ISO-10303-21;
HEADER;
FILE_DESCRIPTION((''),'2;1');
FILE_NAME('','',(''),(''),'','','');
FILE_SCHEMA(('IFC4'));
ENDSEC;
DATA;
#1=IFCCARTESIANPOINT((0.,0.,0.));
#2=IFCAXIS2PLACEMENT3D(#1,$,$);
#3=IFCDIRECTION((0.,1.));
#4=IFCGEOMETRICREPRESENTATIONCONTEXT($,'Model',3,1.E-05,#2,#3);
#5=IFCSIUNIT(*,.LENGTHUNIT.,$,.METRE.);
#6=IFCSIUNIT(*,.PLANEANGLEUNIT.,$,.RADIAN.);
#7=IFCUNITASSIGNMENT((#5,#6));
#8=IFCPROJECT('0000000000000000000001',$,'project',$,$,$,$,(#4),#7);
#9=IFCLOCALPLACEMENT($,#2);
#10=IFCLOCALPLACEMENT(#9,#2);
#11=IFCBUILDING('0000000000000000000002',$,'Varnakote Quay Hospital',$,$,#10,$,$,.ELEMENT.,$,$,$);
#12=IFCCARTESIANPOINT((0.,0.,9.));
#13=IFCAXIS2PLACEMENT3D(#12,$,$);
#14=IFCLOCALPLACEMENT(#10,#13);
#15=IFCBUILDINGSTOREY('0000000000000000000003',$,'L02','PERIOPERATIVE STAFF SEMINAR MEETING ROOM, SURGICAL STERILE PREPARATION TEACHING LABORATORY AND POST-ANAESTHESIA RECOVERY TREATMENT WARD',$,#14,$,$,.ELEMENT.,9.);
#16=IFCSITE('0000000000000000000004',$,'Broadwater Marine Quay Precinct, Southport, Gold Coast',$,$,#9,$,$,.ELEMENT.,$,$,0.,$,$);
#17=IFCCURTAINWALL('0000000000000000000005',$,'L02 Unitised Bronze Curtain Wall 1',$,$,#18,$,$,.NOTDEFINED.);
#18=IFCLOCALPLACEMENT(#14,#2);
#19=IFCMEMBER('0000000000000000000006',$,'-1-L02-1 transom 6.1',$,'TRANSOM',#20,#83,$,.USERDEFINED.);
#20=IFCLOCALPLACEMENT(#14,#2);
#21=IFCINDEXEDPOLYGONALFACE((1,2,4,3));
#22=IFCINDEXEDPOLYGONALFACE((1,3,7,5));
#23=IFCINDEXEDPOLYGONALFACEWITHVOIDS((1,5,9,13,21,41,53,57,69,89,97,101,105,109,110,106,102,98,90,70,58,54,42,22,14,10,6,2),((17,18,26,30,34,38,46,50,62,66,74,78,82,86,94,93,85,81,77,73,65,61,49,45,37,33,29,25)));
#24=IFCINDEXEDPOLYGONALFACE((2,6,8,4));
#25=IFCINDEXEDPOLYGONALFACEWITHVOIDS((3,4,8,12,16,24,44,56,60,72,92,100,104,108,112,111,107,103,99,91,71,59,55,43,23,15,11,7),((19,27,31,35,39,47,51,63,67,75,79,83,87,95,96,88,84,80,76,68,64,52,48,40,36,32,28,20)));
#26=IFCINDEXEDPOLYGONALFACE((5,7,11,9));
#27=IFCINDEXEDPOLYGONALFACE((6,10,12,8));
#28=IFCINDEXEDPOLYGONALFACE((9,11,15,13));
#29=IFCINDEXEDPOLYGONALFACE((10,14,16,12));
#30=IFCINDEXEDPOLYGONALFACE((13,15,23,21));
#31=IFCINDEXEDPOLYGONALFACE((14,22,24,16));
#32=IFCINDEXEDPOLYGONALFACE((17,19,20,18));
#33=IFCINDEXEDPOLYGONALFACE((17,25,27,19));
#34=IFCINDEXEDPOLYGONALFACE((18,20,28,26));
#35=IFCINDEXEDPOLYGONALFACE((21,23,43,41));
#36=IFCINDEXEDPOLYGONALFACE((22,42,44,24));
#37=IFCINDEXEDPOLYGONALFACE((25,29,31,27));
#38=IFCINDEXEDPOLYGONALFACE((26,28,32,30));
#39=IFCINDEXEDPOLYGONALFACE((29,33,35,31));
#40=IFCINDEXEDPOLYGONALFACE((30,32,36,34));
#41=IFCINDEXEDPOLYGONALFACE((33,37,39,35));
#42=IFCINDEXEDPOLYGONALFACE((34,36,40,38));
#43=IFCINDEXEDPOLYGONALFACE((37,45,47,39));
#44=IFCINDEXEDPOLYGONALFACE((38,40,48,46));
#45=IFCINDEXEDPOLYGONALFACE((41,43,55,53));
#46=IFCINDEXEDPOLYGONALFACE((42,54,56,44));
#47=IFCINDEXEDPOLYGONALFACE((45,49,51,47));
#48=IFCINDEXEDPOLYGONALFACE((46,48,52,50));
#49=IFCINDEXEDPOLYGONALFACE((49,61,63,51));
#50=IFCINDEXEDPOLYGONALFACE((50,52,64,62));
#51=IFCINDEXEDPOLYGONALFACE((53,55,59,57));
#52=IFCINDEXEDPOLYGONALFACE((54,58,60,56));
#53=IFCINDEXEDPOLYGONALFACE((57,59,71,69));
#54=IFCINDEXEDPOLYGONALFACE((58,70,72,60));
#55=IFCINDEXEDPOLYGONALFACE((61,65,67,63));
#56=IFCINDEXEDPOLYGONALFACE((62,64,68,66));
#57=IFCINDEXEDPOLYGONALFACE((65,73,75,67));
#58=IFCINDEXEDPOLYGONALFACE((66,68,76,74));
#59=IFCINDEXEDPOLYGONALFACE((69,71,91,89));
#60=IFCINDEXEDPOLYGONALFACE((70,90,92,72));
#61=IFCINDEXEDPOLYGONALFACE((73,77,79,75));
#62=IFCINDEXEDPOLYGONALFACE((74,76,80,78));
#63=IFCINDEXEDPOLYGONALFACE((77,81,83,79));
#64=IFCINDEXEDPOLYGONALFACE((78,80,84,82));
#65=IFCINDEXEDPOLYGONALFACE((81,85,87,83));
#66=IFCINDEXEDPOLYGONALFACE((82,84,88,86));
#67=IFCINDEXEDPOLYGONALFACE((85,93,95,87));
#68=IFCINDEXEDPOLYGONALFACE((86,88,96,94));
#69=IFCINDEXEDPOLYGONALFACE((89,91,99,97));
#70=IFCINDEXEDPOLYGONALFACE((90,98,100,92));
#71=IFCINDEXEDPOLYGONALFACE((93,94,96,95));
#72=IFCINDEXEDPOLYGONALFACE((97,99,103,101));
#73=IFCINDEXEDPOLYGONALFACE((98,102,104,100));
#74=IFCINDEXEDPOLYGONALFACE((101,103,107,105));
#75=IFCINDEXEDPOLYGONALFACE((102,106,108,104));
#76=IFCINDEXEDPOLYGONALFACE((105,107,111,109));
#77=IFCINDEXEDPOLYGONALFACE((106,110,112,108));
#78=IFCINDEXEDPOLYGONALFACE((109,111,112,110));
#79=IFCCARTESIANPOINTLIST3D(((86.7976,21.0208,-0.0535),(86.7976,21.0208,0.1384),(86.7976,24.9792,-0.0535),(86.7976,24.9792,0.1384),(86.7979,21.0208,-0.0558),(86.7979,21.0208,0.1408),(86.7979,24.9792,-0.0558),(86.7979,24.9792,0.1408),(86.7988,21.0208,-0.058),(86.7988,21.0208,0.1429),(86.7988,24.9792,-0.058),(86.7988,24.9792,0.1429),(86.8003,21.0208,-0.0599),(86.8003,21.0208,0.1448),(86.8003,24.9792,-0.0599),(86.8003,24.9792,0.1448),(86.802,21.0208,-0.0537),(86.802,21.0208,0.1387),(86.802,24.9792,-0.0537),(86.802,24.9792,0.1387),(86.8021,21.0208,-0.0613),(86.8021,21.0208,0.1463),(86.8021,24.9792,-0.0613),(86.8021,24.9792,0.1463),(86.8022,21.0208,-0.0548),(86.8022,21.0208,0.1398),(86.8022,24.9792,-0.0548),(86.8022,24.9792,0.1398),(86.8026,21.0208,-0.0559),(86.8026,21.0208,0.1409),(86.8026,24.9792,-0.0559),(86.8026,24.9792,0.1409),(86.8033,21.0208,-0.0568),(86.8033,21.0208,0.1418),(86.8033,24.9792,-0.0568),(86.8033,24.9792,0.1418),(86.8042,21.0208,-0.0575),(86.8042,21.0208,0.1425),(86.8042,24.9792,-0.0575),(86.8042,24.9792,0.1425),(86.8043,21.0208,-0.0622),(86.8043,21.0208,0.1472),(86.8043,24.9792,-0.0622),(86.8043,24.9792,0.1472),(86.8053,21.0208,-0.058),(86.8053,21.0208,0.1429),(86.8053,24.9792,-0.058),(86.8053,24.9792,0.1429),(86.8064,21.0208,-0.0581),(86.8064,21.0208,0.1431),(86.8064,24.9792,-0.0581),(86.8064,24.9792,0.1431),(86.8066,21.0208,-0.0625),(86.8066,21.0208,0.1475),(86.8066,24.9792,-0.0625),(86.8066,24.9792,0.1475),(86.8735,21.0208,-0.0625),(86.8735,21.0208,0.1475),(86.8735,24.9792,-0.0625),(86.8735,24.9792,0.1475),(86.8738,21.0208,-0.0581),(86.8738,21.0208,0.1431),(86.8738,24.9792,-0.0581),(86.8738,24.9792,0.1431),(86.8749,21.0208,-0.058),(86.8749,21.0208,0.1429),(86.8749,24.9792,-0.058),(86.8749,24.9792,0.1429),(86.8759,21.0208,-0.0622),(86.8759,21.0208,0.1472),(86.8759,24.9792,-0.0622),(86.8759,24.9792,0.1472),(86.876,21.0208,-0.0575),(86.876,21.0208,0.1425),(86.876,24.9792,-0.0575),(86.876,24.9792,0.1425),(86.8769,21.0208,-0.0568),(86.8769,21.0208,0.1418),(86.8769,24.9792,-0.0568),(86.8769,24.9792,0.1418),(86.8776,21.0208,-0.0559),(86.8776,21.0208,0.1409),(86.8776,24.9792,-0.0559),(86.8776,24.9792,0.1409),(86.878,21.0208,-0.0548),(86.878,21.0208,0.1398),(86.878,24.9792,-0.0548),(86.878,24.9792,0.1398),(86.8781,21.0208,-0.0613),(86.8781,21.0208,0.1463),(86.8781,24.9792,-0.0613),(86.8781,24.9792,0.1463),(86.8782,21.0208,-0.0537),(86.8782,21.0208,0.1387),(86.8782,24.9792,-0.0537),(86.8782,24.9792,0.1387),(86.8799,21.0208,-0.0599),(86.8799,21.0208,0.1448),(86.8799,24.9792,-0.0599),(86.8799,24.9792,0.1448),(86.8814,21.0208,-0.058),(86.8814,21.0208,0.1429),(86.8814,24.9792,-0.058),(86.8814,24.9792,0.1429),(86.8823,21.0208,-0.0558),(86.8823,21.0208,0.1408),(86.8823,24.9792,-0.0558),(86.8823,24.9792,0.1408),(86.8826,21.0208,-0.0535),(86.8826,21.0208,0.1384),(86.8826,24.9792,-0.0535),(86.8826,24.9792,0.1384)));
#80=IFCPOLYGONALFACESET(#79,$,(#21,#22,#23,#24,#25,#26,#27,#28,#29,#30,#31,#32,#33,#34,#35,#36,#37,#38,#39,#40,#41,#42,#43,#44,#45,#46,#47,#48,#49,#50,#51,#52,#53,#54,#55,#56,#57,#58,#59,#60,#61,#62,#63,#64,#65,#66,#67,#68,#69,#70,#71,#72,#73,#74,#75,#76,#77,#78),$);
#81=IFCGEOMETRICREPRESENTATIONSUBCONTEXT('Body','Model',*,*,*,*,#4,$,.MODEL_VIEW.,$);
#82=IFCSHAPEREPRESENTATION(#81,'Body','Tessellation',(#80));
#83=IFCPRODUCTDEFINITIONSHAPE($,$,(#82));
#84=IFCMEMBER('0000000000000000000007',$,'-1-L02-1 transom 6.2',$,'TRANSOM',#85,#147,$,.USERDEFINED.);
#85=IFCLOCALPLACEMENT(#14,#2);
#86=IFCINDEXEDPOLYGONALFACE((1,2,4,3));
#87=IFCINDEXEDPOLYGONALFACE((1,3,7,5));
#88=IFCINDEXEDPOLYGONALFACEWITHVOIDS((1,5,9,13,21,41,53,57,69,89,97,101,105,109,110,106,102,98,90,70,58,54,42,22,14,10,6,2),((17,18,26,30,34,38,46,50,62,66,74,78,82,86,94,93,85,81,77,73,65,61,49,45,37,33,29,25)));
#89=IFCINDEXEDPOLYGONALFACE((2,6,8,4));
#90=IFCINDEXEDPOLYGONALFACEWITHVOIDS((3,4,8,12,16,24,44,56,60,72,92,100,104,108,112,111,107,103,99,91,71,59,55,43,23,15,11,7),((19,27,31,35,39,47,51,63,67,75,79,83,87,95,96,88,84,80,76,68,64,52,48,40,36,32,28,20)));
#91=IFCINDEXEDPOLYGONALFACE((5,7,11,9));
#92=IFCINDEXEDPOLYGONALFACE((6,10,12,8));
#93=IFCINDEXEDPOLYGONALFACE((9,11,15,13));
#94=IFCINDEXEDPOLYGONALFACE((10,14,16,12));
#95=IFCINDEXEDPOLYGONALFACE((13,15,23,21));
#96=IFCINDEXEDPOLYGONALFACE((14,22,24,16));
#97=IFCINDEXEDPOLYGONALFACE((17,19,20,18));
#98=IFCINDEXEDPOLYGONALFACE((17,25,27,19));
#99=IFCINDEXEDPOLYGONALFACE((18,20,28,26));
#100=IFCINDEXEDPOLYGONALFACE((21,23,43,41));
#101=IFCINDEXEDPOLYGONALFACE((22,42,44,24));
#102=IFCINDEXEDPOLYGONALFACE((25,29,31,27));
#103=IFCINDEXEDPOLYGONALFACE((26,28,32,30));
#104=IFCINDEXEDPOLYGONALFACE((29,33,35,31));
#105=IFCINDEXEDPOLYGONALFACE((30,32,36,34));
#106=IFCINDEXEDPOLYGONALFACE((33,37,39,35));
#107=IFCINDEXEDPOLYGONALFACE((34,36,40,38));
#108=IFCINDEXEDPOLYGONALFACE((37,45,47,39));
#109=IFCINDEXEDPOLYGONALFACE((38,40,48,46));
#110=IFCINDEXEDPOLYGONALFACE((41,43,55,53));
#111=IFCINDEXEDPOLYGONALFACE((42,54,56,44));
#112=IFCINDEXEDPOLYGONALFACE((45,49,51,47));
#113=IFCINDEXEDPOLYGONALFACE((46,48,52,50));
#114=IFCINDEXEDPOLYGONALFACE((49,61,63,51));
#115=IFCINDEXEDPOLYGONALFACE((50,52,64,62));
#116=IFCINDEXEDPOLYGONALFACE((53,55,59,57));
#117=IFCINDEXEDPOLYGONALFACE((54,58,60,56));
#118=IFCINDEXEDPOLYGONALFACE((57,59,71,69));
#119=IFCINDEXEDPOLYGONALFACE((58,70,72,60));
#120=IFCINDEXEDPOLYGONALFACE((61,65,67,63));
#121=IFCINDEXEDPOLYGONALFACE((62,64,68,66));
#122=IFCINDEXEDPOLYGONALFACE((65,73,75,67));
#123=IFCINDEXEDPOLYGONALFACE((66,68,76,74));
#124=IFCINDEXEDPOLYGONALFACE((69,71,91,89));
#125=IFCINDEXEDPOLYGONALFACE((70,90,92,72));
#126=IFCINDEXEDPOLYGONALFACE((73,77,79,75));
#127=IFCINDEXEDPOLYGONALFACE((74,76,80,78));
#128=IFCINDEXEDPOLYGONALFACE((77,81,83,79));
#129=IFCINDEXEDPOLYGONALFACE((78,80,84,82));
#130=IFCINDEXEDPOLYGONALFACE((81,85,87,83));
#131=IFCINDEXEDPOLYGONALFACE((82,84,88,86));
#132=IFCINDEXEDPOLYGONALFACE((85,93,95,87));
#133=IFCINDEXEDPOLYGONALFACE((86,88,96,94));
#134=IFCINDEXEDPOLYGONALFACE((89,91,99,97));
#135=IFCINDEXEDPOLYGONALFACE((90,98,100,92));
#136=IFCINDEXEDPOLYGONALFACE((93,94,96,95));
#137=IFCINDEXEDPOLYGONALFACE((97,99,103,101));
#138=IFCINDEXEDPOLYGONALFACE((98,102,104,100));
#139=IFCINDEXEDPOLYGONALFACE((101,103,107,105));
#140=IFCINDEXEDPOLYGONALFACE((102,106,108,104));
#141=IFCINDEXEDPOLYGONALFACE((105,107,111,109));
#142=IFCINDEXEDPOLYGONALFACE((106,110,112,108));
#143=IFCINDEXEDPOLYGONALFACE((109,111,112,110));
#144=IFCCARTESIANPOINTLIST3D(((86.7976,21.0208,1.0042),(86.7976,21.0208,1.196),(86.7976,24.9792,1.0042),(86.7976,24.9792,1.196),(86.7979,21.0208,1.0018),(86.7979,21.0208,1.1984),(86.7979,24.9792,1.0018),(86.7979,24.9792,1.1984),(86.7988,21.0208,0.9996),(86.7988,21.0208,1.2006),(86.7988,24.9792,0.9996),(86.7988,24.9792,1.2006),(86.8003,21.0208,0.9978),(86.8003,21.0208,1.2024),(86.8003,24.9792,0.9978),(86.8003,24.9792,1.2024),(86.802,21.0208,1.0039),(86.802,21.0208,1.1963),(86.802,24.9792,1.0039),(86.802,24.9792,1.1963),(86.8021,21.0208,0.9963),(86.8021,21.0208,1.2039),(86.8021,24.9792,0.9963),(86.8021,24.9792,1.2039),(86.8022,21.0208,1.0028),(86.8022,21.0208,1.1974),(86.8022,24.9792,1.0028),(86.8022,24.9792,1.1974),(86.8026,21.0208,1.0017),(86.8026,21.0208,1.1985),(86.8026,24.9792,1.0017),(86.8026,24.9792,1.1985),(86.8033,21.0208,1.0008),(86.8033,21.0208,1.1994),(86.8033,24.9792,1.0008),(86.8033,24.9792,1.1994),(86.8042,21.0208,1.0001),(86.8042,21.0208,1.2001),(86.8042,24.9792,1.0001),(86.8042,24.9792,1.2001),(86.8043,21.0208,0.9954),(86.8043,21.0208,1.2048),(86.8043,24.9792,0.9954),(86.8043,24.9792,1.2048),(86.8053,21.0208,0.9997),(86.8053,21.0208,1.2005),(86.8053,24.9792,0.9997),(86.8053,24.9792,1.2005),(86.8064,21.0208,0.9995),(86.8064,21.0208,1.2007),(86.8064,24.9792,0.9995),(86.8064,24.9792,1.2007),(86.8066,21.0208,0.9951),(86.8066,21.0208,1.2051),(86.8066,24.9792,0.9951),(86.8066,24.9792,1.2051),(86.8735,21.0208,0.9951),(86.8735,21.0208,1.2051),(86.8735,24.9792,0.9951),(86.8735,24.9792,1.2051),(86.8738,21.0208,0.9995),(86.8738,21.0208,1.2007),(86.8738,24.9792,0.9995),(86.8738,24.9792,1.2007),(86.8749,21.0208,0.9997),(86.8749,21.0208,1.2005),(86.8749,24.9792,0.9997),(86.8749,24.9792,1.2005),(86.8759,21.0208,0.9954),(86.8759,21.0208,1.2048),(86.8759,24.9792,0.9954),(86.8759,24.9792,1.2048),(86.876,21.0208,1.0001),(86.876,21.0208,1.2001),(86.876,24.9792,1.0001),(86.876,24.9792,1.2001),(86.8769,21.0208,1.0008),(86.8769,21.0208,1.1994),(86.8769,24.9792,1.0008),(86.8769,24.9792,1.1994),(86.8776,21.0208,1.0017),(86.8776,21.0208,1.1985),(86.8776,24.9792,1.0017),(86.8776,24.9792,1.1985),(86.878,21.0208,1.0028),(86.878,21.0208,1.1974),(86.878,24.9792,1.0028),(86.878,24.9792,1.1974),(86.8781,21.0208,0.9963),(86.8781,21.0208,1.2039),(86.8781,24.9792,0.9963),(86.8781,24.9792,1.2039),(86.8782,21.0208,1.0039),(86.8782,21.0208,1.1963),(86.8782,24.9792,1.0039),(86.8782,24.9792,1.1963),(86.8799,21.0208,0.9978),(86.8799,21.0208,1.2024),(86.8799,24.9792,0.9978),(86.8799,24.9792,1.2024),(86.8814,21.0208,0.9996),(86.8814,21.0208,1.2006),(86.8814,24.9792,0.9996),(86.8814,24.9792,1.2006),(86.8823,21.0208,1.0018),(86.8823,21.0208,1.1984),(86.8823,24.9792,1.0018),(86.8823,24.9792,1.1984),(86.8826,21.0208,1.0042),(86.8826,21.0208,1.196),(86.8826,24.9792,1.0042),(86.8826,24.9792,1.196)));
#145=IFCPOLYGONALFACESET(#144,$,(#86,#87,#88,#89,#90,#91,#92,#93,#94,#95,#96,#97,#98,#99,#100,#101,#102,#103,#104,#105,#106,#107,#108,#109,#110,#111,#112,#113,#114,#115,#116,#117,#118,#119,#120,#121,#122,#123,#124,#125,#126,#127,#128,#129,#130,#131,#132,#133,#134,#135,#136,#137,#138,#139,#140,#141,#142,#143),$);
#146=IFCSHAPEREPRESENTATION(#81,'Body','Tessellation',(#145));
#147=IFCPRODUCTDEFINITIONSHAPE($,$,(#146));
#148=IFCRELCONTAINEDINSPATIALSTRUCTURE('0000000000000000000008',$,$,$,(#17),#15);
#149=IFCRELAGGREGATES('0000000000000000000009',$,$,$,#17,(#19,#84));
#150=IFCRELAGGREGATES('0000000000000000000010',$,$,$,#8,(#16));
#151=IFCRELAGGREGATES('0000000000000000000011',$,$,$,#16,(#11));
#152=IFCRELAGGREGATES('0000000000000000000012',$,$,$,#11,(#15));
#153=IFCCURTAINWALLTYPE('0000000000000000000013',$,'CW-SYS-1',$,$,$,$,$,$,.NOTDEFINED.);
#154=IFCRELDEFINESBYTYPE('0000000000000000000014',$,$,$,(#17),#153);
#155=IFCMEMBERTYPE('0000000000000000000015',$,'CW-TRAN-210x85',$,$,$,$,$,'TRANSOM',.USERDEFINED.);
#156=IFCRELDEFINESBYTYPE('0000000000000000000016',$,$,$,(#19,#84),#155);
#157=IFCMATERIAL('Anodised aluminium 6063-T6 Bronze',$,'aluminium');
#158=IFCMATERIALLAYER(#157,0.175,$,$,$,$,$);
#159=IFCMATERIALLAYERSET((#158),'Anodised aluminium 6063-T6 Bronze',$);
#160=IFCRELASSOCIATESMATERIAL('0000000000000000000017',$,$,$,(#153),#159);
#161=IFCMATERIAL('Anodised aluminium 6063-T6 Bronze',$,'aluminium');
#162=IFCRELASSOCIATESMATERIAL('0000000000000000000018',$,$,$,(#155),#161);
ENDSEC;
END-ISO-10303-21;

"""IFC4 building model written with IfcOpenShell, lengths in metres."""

from ifc_helpers import new_model, si_unit, direction, frame, origin, origin_2d, place, context, subcontext, project, spatial, hollow_rectangle, extrude, material, layer, layer_set, material_profile, profile_set, type_object, element, aggregate, save


model = new_model("IFC4")

# Units and contexts
model_context = context("Model", 3, precision=1e-05, world=origin(), true_north=direction((0.0, 1.0)))
body_context = subcontext(model_context, "Body", "Model", "MODEL_VIEW")
ifc_project = project(units=[si_unit("LENGTHUNIT", "METRE"), si_unit("PLANEANGLEUNIT", "RADIAN")], contexts=[model_context])

# Site, building, storey
site_placement = place(None, origin())
site = spatial("IfcSite", under=ifc_project, at=site_placement, Name="Broadwater Marine Quay Precinct, Southport, Gold Coast", CompositionType="ELEMENT", RefElevation=0.0)
building_placement = place(site_placement, origin())
building = spatial("IfcBuilding", under=site, at=building_placement, Name="Varnakote Quay Hospital", CompositionType="ELEMENT")
storey_placement = place(building_placement, frame((0.0, 0.0, 9.0)))
storey = spatial("IfcBuildingStorey", under=building, at=storey_placement, Name="L02", Description="PERIOPERATIVE STAFF SEMINAR MEETING ROOM, SURGICAL STERILE PREPARATION TEACHING LABORATORY AND POST-ANAESTHESIA RECOVERY TREATMENT WARD", CompositionType="ELEMENT", Elevation=9.0)

# Curtain wall, members
ifc_material_1 = material(Name="Anodised aluminium 6063-T6 Bronze", Category="aluminium")
ifc_layer_1 = layer(ifc_material_1, 0.175)
ifc_layer_set_1 = layer_set([ifc_layer_1], Name="Anodised aluminium 6063-T6 Bronze")
curtain_wall_type = type_object("IfcCurtainWallType", Name="CW-SYS-1", PredefinedType="NOTDEFINED", material=ifc_layer_set_1)
curtain_wall_placement = place(storey_placement, origin())
curtain_wall = element("IfcCurtainWall", 1, at=curtain_wall_placement, inside=storey, type_object=curtain_wall_type, Name="L02 Unitised Bronze Curtain Wall 1", PredefinedType="NOTDEFINED")
ifc_material_2 = material(Name="Anodised aluminium 6063-T6 Bronze", Category="aluminium")
ifc_material_profile_1 = material_profile(ifc_material_2, hollow_rectangle(XDim=0.085, YDim=0.21, WallThickness=0.0044, InnerFilletRadius=0.0044, OuterFilletRadius=0.009, at=origin_2d()), Name="CW-TRAN-210x85")
ifc_profile_set_1 = profile_set([ifc_material_profile_1], Name="Anodised aluminium 6063-T6 Bronze")
member_type_1 = type_object("IfcMemberType", Name="CW-TRAN-210x85", ElementType="TRANSOM", PredefinedType="USERDEFINED", material=ifc_profile_set_1)
member_1_placement = place(storey_placement, frame((86.8401, 21.0208, 0.0425), z_axis=(0.0, 1.0, 0.0), x_axis=(-1.0, 0.0, 0.0)))
member_1 = element("IfcMember", 2, at=member_1_placement, type_object=member_type_1, Name="-1-L02-1 transom 6.1", ObjectType="TRANSOM", PredefinedType="USERDEFINED", context=body_context, shape_type="SweptSolid", body=[
    extrude(hollow_rectangle(XDim=0.085, YDim=0.21, WallThickness=0.0044, InnerFilletRadius=0.0044, OuterFilletRadius=0.009, at=origin_2d()), origin(), (0.0, 0.0, 1.0), 3.9585),
])
member_2_placement = place(storey_placement, frame((86.8401, 21.0208, 1.1001), z_axis=(0.0, 1.0, 0.0), x_axis=(-1.0, 0.0, 0.0)))
member_2 = element("IfcMember", 3, at=member_2_placement, type_object=member_type_1, Name="-1-L02-1 transom 6.2", ObjectType="TRANSOM", PredefinedType="USERDEFINED", context=body_context, shape_type="SweptSolid", body=[
    extrude(hollow_rectangle(XDim=0.085, YDim=0.21, WallThickness=0.0044, InnerFilletRadius=0.0044, OuterFilletRadius=0.009, at=origin_2d()), origin(), (0.0, 0.0, 1.0), 3.9585),
])
aggregate(curtain_wall, [member_1, member_2])

save(model, "model.ifc")
